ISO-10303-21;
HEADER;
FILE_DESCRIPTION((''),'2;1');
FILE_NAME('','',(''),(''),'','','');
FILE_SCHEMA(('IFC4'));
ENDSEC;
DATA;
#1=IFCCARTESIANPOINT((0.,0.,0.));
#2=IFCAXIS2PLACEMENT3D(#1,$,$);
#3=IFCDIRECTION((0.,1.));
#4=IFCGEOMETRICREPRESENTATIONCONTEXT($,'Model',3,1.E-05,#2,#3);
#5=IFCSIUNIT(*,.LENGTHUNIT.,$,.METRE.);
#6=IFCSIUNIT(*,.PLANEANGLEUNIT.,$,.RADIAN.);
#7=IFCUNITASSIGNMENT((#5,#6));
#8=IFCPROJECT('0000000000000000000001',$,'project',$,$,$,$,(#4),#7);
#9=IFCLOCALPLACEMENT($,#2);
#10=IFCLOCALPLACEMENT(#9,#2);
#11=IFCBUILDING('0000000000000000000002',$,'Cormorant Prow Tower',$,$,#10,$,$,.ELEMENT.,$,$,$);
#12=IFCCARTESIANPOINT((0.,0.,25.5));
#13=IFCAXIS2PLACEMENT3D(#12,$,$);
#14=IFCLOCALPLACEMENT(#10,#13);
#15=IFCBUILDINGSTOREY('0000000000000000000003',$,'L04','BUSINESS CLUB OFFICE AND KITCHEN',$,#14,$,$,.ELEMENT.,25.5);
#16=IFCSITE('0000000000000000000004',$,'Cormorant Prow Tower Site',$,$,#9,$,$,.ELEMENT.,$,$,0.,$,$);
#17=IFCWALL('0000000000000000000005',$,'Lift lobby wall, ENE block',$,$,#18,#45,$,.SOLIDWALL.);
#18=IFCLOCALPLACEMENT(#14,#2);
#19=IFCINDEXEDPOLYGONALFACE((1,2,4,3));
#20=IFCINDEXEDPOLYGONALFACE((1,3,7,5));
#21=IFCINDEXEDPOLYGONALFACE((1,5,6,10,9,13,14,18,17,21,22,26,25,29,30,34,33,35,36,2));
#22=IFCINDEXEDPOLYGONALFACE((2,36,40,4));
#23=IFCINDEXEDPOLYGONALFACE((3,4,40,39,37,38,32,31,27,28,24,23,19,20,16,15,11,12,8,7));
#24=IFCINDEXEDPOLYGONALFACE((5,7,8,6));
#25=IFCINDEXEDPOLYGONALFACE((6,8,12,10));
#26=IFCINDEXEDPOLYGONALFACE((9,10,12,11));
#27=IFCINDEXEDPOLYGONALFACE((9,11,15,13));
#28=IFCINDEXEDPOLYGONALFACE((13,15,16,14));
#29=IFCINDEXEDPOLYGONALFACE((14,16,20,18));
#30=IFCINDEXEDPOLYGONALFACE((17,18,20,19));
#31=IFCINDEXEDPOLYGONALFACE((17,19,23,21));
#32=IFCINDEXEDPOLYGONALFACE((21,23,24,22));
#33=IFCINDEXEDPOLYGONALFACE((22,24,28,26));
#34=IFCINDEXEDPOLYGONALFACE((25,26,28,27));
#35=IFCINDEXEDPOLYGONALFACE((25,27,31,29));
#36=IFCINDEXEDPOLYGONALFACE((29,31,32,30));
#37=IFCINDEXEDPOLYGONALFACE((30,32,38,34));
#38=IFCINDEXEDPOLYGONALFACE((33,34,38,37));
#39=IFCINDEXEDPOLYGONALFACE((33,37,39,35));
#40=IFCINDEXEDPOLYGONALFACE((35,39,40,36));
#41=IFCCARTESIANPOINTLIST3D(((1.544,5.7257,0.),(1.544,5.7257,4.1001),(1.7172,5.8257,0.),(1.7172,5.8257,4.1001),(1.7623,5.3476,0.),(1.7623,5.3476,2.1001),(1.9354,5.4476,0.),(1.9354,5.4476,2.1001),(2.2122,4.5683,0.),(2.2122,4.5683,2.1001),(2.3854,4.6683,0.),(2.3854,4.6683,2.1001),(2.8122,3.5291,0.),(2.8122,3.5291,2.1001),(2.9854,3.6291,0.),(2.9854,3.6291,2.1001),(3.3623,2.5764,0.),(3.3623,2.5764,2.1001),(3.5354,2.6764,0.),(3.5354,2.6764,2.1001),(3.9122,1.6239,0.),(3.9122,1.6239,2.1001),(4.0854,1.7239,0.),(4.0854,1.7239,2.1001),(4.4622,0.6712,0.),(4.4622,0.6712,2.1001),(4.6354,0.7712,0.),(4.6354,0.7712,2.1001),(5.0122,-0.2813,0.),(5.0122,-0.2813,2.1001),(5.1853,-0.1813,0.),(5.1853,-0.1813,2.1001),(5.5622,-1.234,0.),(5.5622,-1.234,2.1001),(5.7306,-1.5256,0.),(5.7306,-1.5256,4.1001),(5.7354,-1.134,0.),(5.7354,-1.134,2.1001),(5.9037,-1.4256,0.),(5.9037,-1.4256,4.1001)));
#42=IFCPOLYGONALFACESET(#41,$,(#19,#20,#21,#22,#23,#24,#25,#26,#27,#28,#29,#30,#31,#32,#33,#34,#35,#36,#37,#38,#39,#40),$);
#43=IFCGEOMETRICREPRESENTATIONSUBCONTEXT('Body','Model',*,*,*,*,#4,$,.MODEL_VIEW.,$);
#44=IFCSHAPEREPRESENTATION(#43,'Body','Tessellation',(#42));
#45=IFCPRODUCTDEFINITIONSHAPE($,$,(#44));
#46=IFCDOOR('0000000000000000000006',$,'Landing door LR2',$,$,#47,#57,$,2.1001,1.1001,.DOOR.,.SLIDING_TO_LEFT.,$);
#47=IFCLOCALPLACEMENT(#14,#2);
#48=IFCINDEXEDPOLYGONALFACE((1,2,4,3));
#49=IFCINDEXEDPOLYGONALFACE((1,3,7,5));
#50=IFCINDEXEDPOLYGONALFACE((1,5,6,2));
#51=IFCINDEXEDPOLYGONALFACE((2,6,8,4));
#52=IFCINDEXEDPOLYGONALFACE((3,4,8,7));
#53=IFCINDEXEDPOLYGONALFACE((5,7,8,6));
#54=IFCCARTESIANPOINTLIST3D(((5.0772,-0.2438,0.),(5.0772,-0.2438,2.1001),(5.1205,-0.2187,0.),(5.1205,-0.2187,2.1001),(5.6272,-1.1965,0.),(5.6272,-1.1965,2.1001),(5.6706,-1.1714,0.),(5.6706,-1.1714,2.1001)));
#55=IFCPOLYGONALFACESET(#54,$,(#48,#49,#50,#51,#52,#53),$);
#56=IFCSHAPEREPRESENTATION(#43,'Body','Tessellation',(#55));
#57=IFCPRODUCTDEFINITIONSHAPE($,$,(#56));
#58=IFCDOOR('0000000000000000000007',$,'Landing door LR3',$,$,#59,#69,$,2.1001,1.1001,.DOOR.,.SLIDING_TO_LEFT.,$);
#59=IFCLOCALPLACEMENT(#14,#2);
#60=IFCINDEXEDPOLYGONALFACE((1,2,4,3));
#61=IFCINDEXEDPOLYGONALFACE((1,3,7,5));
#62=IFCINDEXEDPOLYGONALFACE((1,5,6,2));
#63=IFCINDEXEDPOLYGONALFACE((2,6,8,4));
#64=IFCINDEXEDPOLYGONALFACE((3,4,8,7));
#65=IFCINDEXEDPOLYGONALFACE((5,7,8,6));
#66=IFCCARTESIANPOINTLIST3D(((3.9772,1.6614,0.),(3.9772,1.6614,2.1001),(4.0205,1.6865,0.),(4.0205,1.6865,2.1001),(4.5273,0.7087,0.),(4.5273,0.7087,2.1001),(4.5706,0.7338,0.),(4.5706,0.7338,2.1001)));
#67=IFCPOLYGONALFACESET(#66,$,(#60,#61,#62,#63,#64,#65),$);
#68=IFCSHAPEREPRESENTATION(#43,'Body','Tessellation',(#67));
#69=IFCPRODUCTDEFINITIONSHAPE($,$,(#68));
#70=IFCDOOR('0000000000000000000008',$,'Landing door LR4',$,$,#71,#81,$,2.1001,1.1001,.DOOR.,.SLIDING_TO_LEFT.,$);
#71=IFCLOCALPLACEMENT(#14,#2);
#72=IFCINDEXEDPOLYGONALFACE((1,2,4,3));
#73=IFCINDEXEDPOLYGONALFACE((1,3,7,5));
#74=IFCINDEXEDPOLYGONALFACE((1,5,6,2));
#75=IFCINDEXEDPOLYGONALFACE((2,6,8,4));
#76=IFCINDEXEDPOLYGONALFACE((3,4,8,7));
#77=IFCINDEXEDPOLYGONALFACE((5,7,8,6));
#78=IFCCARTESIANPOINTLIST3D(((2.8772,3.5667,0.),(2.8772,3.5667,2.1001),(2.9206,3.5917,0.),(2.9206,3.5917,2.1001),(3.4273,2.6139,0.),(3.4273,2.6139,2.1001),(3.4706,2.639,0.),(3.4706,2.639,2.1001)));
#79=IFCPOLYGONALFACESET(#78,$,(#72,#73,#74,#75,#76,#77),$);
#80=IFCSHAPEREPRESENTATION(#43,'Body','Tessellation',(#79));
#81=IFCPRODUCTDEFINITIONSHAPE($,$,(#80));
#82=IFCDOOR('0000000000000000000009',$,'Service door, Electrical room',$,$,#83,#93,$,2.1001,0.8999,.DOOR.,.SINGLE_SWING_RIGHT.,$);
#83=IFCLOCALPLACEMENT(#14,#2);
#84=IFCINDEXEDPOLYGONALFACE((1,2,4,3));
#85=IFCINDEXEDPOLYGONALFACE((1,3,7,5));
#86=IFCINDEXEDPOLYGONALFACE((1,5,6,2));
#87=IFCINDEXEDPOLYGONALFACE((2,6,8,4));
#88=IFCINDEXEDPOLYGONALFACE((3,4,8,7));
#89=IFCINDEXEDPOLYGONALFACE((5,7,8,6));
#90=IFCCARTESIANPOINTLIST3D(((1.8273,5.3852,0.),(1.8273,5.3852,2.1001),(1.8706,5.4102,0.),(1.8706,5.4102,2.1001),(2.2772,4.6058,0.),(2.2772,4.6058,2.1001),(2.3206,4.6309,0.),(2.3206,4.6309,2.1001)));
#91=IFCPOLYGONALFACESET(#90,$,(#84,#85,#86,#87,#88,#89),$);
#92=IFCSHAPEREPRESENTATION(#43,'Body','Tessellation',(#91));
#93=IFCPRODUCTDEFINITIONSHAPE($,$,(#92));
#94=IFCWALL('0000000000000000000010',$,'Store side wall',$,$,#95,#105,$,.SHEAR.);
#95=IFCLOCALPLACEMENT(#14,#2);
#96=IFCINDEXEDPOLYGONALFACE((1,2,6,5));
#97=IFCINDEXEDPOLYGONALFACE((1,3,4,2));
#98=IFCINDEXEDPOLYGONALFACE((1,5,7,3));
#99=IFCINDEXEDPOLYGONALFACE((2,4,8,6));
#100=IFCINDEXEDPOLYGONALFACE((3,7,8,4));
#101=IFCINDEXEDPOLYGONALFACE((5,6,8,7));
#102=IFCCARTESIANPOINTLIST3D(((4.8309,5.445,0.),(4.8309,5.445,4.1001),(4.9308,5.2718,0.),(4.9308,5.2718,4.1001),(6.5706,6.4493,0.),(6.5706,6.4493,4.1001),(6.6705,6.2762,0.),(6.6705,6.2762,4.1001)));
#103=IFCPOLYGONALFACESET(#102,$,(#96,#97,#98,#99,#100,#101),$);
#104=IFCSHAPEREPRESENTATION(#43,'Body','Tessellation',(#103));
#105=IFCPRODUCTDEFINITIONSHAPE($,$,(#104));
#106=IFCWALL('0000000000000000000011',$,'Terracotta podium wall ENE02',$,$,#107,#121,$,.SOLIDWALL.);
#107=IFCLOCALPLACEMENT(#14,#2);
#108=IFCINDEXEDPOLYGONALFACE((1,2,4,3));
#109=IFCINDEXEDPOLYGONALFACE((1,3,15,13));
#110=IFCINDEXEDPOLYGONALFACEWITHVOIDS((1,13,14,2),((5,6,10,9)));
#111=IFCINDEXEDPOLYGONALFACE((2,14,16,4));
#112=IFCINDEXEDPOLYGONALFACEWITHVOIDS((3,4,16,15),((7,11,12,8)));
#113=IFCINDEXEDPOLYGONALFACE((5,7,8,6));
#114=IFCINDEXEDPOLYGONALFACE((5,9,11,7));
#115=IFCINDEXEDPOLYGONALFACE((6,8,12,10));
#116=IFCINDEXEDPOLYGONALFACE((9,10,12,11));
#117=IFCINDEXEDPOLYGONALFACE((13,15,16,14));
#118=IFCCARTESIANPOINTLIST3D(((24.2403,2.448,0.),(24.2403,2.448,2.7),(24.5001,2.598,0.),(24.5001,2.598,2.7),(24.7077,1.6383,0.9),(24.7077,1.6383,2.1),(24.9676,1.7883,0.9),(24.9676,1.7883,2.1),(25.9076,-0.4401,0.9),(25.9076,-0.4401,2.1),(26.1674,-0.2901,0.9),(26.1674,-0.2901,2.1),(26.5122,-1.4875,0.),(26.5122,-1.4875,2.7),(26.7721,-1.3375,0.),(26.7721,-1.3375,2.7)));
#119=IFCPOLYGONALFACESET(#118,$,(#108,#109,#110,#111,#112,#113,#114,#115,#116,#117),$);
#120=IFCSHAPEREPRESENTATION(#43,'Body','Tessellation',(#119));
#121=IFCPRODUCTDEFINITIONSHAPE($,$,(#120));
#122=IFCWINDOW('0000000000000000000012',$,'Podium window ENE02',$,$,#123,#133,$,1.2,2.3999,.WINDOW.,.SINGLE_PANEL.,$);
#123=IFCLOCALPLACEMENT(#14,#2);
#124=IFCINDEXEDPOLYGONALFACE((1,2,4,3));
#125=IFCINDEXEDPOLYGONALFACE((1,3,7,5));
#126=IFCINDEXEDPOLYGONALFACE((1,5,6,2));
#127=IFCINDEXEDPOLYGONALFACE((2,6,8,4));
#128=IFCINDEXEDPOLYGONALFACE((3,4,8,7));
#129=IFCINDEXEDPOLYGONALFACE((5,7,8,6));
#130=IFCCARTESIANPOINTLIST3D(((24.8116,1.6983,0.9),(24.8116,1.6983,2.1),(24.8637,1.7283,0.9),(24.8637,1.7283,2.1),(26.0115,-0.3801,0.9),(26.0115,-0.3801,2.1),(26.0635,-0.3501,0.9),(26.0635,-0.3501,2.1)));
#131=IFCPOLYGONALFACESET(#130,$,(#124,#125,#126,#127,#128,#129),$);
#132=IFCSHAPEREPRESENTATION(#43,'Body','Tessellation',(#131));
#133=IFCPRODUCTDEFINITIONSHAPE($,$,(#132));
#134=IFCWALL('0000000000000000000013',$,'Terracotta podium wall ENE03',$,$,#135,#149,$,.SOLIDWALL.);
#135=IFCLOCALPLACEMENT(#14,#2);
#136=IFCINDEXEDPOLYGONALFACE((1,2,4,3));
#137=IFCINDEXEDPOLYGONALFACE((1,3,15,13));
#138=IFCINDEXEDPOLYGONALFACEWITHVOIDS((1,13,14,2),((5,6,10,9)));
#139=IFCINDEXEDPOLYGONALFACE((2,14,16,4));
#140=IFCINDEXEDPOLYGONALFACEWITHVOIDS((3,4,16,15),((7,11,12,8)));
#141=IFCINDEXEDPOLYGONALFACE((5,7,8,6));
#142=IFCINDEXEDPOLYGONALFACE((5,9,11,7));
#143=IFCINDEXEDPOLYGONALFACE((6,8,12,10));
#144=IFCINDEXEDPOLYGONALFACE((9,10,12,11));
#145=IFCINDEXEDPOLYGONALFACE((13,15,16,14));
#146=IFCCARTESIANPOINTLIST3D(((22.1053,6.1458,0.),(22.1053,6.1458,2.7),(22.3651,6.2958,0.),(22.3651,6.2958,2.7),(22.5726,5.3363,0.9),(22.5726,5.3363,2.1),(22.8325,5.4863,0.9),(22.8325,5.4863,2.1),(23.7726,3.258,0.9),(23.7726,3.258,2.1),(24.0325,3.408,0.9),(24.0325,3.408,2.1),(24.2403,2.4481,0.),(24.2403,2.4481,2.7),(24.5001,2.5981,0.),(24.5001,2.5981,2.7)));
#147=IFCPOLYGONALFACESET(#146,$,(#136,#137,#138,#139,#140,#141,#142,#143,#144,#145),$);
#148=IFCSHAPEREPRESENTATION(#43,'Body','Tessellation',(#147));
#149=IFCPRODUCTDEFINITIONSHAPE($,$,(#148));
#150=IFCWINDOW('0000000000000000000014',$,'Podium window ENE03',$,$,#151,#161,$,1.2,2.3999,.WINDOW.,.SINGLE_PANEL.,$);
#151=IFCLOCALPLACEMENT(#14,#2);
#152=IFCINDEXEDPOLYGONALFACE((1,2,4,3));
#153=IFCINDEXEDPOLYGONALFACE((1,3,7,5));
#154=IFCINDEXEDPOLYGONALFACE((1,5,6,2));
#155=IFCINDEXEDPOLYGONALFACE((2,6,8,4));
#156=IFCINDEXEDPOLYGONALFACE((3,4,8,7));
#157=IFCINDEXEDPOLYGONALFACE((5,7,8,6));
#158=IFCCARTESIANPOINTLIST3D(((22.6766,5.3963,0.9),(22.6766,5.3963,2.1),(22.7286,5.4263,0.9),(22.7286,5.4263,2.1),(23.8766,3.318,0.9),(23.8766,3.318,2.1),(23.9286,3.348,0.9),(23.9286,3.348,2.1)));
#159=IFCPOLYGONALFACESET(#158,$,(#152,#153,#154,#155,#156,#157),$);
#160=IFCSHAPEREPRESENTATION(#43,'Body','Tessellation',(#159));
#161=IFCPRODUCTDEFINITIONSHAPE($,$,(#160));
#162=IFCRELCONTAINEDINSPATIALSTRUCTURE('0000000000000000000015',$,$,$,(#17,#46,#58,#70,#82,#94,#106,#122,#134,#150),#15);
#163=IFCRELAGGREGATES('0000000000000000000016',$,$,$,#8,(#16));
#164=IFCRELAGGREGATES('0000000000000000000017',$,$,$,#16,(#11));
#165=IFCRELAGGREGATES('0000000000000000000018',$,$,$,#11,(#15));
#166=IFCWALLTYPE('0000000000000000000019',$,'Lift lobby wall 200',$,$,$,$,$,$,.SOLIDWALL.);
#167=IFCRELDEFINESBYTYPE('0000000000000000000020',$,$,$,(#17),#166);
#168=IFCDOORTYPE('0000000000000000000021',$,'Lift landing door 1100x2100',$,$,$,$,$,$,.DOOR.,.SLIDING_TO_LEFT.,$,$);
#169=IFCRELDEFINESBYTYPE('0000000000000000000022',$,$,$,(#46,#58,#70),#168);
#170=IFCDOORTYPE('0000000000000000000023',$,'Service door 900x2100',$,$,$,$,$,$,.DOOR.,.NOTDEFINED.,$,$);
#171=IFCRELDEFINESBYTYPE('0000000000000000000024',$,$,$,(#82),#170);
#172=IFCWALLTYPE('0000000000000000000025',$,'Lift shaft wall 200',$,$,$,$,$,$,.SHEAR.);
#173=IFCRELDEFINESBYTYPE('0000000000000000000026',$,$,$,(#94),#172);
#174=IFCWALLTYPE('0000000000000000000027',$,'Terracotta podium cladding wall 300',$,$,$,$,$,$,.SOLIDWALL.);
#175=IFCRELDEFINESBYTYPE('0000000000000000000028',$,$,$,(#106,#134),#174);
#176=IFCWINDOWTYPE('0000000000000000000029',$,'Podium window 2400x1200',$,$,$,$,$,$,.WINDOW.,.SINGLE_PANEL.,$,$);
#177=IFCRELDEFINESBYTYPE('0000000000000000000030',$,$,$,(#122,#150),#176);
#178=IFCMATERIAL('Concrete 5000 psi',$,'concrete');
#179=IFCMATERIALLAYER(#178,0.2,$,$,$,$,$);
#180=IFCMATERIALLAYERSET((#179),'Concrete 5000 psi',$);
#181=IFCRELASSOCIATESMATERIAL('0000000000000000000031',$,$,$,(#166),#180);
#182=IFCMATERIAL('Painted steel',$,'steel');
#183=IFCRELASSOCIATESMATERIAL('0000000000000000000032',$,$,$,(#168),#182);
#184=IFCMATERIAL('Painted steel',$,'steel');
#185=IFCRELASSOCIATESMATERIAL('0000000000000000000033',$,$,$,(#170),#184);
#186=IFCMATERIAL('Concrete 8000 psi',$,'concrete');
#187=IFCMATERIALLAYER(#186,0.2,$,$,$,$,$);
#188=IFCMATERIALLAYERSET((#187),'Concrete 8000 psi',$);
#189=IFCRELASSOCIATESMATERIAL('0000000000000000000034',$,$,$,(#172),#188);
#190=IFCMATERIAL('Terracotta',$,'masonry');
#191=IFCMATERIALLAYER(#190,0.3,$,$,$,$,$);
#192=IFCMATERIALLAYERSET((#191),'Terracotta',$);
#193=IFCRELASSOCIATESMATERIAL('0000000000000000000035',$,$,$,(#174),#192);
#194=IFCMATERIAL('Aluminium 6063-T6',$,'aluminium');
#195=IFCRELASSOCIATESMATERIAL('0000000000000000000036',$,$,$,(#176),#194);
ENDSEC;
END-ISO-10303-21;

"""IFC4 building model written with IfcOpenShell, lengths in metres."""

from ifc_helpers import new_model, si_unit, direction, frame, frame_2d, origin, place, context, subcontext, project, spatial, rectangle, extrude, material, layer, layer_set, type_object, element, fill, save


model = new_model("IFC4")

# Units and contexts
model_context = context("Model", 3, precision=1e-05, world=origin(), true_north=direction((0.0, 1.0)))
body_context = subcontext(model_context, "Body", "Model", "MODEL_VIEW")
ifc_project = project(units=[si_unit("LENGTHUNIT", "METRE"), si_unit("PLANEANGLEUNIT", "RADIAN")], contexts=[model_context])

# Site, building, storey
site_placement = place(None, origin())
site = spatial("IfcSite", under=ifc_project, at=site_placement, Name="Cormorant Prow Tower Site", CompositionType="ELEMENT", RefElevation=0.0)
building_placement = place(site_placement, origin())
building = spatial("IfcBuilding", under=site, at=building_placement, Name="Cormorant Prow Tower", CompositionType="ELEMENT")
storey_placement = place(building_placement, frame((0.0, 0.0, 25.5)))
storey = spatial("IfcBuildingStorey", under=building, at=storey_placement, Name="L04", Description="BUSINESS CLUB OFFICE AND KITCHEN", CompositionType="ELEMENT", Elevation=25.5)

# Wall, openings, doors
ifc_material_1 = material(Name="Concrete 5000 psi", Category="concrete")
ifc_layer_1 = layer(ifc_material_1, 0.2)
ifc_layer_set_1 = layer_set([ifc_layer_1], Name="Concrete 5000 psi")
wall_type_1 = type_object("IfcWallType", Name="Lift lobby wall 200", PredefinedType="SOLIDWALL", material=ifc_layer_set_1)
wall_1_placement = place(storey_placement, frame((5.8171, -1.4756, 0.0), z_axis=(0.0, 0.0, 1.0), x_axis=(-0.500003, 0.866024, 0.0)))
wall_1 = element("IfcWall", 1, at=wall_1_placement, inside=storey, type_object=wall_type_1, Name="Lift lobby wall, ENE block", PredefinedType="SOLIDWALL", context=body_context, shape_type="SweptSolid", body=[
    extrude(rectangle(XDim=8.373, YDim=0.2, at=frame_2d((4.1865, 0.0))), origin(), (0.0, 0.0, 1.0), 4.1001),
])
opening_1_placement = place(wall_1_placement, frame((0.3367, 0.0, 0.0)))
opening_1 = element("IfcOpeningElement", 2, at=opening_1_placement, cuts=wall_1, PredefinedType="OPENING", context=body_context, shape_type="SweptSolid", body=[
    extrude(rectangle(XDim=1.1001, YDim=2.1001, at=frame_2d((0.55, 1.05))), frame((0.0, 0.1099, 0.0), z_axis=(0.0, -1.0, 0.0), x_axis=(1.0, 0.0, 0.0)), (0.0, 0.0, 1.0), 0.22),
])
opening_2_placement = place(wall_1_placement, frame((2.5366, 0.0, 0.0)))
opening_2 = element("IfcOpeningElement", 3, at=opening_2_placement, cuts=wall_1, PredefinedType="OPENING", context=body_context, shape_type="SweptSolid", body=[
    extrude(rectangle(XDim=1.1001, YDim=2.1001, at=frame_2d((0.55, 1.05))), frame((0.0, 0.1099, 0.0), z_axis=(0.0, -1.0, 0.0), x_axis=(1.0, 0.0, 0.0)), (0.0, 0.0, 1.0), 0.22),
])
opening_3_placement = place(wall_1_placement, frame((4.7366, 0.0, 0.0)))
opening_3 = element("IfcOpeningElement", 4, at=opening_3_placement, cuts=wall_1, PredefinedType="OPENING", context=body_context, shape_type="SweptSolid", body=[
    extrude(rectangle(XDim=1.1001, YDim=2.1001, at=frame_2d((0.55, 1.05))), frame((0.0, 0.1099, 0.0), z_axis=(0.0, -1.0, 0.0), x_axis=(1.0, 0.0, 0.0)), (0.0, 0.0, 1.0), 0.22),
])
opening_4_placement = place(wall_1_placement, frame((7.0366, 0.0, 0.0)))
opening_4 = element("IfcOpeningElement", 5, at=opening_4_placement, cuts=wall_1, PredefinedType="OPENING", context=body_context, shape_type="SweptSolid", body=[
    extrude(rectangle(XDim=0.8999, YDim=2.1001, at=frame_2d((0.45, 1.05))), frame((0.0, 0.1099, 0.0), z_axis=(0.0, -1.0, 0.0), x_axis=(1.0, 0.0, 0.0)), (0.0, 0.0, 1.0), 0.22),
])
ifc_material_2 = material(Name="Painted steel", Category="steel")
door_type_1 = type_object("IfcDoorType", Name="Lift landing door 1100x2100", OperationType="SLIDING_TO_LEFT", PredefinedType="DOOR", material=ifc_material_2)
door_1_placement = place(opening_1_placement, origin())
door_1 = element("IfcDoor", 6, at=door_1_placement, inside=storey, type_object=door_type_1, Name="Landing door LR2", OperationType="SLIDING_TO_LEFT", OverallHeight=2.1001, OverallWidth=1.1001, PredefinedType="DOOR", context=body_context, shape_type="SweptSolid", body=[
    extrude(rectangle(XDim=1.1001, YDim=2.1001, at=frame_2d((0.55, 1.05))), frame((0.0, 0.0249, 0.0), z_axis=(0.0, -1.0, 0.0), x_axis=(1.0, 0.0, 0.0)), (0.0, 0.0, 1.0), 0.05),
])
fill(opening_1, door_1)
door_2_placement = place(opening_2_placement, origin())
door_2 = element("IfcDoor", 7, at=door_2_placement, inside=storey, type_object=door_type_1, Name="Landing door LR3", OperationType="SLIDING_TO_LEFT", OverallHeight=2.1001, OverallWidth=1.1001, PredefinedType="DOOR", context=body_context, shape_type="SweptSolid", body=[
    extrude(rectangle(XDim=1.1001, YDim=2.1001, at=frame_2d((0.55, 1.05))), frame((0.0, 0.0249, 0.0), z_axis=(0.0, -1.0, 0.0), x_axis=(1.0, 0.0, 0.0)), (0.0, 0.0, 1.0), 0.05),
])
fill(opening_2, door_2)
door_3_placement = place(opening_3_placement, origin())
door_3 = element("IfcDoor", 8, at=door_3_placement, inside=storey, type_object=door_type_1, Name="Landing door LR4", OperationType="SLIDING_TO_LEFT", OverallHeight=2.1001, OverallWidth=1.1001, PredefinedType="DOOR", context=body_context, shape_type="SweptSolid", body=[
    extrude(rectangle(XDim=1.1001, YDim=2.1001, at=frame_2d((0.55, 1.05))), frame((0.0, 0.0249, 0.0), z_axis=(0.0, -1.0, 0.0), x_axis=(1.0, 0.0, 0.0)), (0.0, 0.0, 1.0), 0.05),
])
fill(opening_3, door_3)
ifc_material_3 = material(Name="Painted steel", Category="steel")
door_type_2 = type_object("IfcDoorType", Name="Service door 900x2100", OperationType="NOTDEFINED", PredefinedType="DOOR", material=ifc_material_3)
door_4_placement = place(opening_4_placement, origin())
door_4 = element("IfcDoor", 9, at=door_4_placement, inside=storey, type_object=door_type_2, Name="Service door, Electrical room", OperationType="SINGLE_SWING_RIGHT", OverallHeight=2.1001, OverallWidth=0.8999, PredefinedType="DOOR", context=body_context, shape_type="SweptSolid", body=[
    extrude(rectangle(XDim=0.8999, YDim=2.1001, at=frame_2d((0.45, 1.05))), frame((0.0, 0.0249, 0.0), z_axis=(0.0, -1.0, 0.0), x_axis=(1.0, 0.0, 0.0)), (0.0, 0.0, 1.0), 0.05),
])
fill(opening_4, door_4)

# Wall
ifc_material_4 = material(Name="Concrete 8000 psi", Category="concrete")
ifc_layer_2 = layer(ifc_material_4, 0.2)
ifc_layer_set_2 = layer_set([ifc_layer_2], Name="Concrete 8000 psi")
wall_type_2 = type_object("IfcWallType", Name="Lift shaft wall 200", PredefinedType="SHEAR", material=ifc_layer_set_2)
wall_2_placement = place(storey_placement, frame((4.8809, 5.3584, 0.0), z_axis=(0.0, 0.0, 1.0), x_axis=(0.866036, 0.499982, 0.0)))
element("IfcWall", 10, at=wall_2_placement, inside=storey, type_object=wall_type_2, Name="Store side wall", PredefinedType="SHEAR", context=body_context, shape_type="SweptSolid", body=[
    extrude(rectangle(XDim=2.0088, YDim=0.2, at=frame_2d((1.0044, 0.0))), origin(), (0.0, 0.0, 1.0), 4.1001),
])

# Walls, openings, windows
ifc_material_5 = material(Name="Terracotta", Category="masonry")
ifc_layer_3 = layer(ifc_material_5, 0.3)
ifc_layer_set_3 = layer_set([ifc_layer_3], Name="Terracotta")
wall_type_3 = type_object("IfcWallType", Name="Terracotta podium cladding wall 300", PredefinedType="SOLIDWALL", material=ifc_layer_set_3)
wall_3_placement = place(storey_placement, frame((26.6421, -1.4124, 0.0), z_axis=(0.0, 0.0, 1.0), x_axis=(-0.499964, 0.866046, 0.0)))
wall_3 = element("IfcWall", 11, at=wall_3_placement, inside=storey, type_object=wall_type_3, Name="Terracotta podium wall ENE02", PredefinedType="SOLIDWALL", context=body_context, shape_type="SweptSolid", body=[
    extrude(rectangle(XDim=4.5442, YDim=0.3, at=frame_2d((2.272, 0.0))), origin(), (0.0, 0.0, 1.0), 2.7),
])
opening_5_placement = place(wall_3_placement, frame((1.2092, 0.0, 0.8999)))
opening_5 = element("IfcOpeningElement", 12, at=opening_5_placement, cuts=wall_3, PredefinedType="OPENING", context=body_context, shape_type="SweptSolid", body=[
    extrude(rectangle(XDim=2.3999, YDim=1.2, at=frame_2d((1.2, 0.6001))), frame((0.0, 0.1599, 0.0), z_axis=(0.0, -1.0, 0.0), x_axis=(1.0, 0.0, 0.0)), (0.0, 0.0, 1.0), 0.3201),
])
ifc_material_6 = material(Name="Aluminium 6063-T6", Category="aluminium")
window_type = type_object("IfcWindowType", Name="Podium window 2400x1200", PartitioningType="SINGLE_PANEL", PredefinedType="WINDOW", material=ifc_material_6)
window_1_placement = place(opening_5_placement, origin())
window_1 = element("IfcWindow", 13, at=window_1_placement, inside=storey, type_object=window_type, Name="Podium window ENE02", OverallHeight=1.2, OverallWidth=2.3999, PartitioningType="SINGLE_PANEL", PredefinedType="WINDOW", context=body_context, shape_type="SweptSolid", body=[
    extrude(rectangle(XDim=2.3999, YDim=1.2, at=frame_2d((1.2, 0.6001))), frame((0.0, 0.03, 0.0), z_axis=(0.0, -1.0, 0.0), x_axis=(1.0, 0.0, 0.0)), (0.0, 0.0, 1.0), 0.0601),
])
fill(opening_5, window_1)
wall_4_placement = place(storey_placement, frame((24.3701, 2.5232, 0.0), z_axis=(0.0, 0.0, 1.0), x_axis=(-0.500019, 0.866014, 0.0)))
wall_4 = element("IfcWall", 14, at=wall_4_placement, inside=storey, type_object=wall_type_3, Name="Terracotta podium wall ENE03", PredefinedType="SOLIDWALL", context=body_context, shape_type="SweptSolid", body=[
    extrude(rectangle(XDim=4.2698, YDim=0.3, at=frame_2d((2.1348, 0.0))), origin(), (0.0, 0.0, 1.0), 2.7),
])
opening_6_placement = place(wall_4_placement, frame((0.9351, 0.0, 0.8999)))
opening_6 = element("IfcOpeningElement", 15, at=opening_6_placement, cuts=wall_4, PredefinedType="OPENING", context=body_context, shape_type="SweptSolid", body=[
    extrude(rectangle(XDim=2.3999, YDim=1.2, at=frame_2d((1.2, 0.6001))), frame((0.0, 0.1599, 0.0), z_axis=(0.0, -1.0, 0.0), x_axis=(1.0, 0.0, 0.0)), (0.0, 0.0, 1.0), 0.3201),
])
window_2_placement = place(opening_6_placement, origin())
window_2 = element("IfcWindow", 16, at=window_2_placement, inside=storey, type_object=window_type, Name="Podium window ENE03", OverallHeight=1.2, OverallWidth=2.3999, PartitioningType="SINGLE_PANEL", PredefinedType="WINDOW", context=body_context, shape_type="SweptSolid", body=[
    extrude(rectangle(XDim=2.3999, YDim=1.2, at=frame_2d((1.2, 0.6001))), frame((0.0, 0.03, 0.0), z_axis=(0.0, -1.0, 0.0), x_axis=(1.0, 0.0, 0.0)), (0.0, 0.0, 1.0), 0.0601),
])
fill(opening_6, window_2)

save(model, "model.ifc")
